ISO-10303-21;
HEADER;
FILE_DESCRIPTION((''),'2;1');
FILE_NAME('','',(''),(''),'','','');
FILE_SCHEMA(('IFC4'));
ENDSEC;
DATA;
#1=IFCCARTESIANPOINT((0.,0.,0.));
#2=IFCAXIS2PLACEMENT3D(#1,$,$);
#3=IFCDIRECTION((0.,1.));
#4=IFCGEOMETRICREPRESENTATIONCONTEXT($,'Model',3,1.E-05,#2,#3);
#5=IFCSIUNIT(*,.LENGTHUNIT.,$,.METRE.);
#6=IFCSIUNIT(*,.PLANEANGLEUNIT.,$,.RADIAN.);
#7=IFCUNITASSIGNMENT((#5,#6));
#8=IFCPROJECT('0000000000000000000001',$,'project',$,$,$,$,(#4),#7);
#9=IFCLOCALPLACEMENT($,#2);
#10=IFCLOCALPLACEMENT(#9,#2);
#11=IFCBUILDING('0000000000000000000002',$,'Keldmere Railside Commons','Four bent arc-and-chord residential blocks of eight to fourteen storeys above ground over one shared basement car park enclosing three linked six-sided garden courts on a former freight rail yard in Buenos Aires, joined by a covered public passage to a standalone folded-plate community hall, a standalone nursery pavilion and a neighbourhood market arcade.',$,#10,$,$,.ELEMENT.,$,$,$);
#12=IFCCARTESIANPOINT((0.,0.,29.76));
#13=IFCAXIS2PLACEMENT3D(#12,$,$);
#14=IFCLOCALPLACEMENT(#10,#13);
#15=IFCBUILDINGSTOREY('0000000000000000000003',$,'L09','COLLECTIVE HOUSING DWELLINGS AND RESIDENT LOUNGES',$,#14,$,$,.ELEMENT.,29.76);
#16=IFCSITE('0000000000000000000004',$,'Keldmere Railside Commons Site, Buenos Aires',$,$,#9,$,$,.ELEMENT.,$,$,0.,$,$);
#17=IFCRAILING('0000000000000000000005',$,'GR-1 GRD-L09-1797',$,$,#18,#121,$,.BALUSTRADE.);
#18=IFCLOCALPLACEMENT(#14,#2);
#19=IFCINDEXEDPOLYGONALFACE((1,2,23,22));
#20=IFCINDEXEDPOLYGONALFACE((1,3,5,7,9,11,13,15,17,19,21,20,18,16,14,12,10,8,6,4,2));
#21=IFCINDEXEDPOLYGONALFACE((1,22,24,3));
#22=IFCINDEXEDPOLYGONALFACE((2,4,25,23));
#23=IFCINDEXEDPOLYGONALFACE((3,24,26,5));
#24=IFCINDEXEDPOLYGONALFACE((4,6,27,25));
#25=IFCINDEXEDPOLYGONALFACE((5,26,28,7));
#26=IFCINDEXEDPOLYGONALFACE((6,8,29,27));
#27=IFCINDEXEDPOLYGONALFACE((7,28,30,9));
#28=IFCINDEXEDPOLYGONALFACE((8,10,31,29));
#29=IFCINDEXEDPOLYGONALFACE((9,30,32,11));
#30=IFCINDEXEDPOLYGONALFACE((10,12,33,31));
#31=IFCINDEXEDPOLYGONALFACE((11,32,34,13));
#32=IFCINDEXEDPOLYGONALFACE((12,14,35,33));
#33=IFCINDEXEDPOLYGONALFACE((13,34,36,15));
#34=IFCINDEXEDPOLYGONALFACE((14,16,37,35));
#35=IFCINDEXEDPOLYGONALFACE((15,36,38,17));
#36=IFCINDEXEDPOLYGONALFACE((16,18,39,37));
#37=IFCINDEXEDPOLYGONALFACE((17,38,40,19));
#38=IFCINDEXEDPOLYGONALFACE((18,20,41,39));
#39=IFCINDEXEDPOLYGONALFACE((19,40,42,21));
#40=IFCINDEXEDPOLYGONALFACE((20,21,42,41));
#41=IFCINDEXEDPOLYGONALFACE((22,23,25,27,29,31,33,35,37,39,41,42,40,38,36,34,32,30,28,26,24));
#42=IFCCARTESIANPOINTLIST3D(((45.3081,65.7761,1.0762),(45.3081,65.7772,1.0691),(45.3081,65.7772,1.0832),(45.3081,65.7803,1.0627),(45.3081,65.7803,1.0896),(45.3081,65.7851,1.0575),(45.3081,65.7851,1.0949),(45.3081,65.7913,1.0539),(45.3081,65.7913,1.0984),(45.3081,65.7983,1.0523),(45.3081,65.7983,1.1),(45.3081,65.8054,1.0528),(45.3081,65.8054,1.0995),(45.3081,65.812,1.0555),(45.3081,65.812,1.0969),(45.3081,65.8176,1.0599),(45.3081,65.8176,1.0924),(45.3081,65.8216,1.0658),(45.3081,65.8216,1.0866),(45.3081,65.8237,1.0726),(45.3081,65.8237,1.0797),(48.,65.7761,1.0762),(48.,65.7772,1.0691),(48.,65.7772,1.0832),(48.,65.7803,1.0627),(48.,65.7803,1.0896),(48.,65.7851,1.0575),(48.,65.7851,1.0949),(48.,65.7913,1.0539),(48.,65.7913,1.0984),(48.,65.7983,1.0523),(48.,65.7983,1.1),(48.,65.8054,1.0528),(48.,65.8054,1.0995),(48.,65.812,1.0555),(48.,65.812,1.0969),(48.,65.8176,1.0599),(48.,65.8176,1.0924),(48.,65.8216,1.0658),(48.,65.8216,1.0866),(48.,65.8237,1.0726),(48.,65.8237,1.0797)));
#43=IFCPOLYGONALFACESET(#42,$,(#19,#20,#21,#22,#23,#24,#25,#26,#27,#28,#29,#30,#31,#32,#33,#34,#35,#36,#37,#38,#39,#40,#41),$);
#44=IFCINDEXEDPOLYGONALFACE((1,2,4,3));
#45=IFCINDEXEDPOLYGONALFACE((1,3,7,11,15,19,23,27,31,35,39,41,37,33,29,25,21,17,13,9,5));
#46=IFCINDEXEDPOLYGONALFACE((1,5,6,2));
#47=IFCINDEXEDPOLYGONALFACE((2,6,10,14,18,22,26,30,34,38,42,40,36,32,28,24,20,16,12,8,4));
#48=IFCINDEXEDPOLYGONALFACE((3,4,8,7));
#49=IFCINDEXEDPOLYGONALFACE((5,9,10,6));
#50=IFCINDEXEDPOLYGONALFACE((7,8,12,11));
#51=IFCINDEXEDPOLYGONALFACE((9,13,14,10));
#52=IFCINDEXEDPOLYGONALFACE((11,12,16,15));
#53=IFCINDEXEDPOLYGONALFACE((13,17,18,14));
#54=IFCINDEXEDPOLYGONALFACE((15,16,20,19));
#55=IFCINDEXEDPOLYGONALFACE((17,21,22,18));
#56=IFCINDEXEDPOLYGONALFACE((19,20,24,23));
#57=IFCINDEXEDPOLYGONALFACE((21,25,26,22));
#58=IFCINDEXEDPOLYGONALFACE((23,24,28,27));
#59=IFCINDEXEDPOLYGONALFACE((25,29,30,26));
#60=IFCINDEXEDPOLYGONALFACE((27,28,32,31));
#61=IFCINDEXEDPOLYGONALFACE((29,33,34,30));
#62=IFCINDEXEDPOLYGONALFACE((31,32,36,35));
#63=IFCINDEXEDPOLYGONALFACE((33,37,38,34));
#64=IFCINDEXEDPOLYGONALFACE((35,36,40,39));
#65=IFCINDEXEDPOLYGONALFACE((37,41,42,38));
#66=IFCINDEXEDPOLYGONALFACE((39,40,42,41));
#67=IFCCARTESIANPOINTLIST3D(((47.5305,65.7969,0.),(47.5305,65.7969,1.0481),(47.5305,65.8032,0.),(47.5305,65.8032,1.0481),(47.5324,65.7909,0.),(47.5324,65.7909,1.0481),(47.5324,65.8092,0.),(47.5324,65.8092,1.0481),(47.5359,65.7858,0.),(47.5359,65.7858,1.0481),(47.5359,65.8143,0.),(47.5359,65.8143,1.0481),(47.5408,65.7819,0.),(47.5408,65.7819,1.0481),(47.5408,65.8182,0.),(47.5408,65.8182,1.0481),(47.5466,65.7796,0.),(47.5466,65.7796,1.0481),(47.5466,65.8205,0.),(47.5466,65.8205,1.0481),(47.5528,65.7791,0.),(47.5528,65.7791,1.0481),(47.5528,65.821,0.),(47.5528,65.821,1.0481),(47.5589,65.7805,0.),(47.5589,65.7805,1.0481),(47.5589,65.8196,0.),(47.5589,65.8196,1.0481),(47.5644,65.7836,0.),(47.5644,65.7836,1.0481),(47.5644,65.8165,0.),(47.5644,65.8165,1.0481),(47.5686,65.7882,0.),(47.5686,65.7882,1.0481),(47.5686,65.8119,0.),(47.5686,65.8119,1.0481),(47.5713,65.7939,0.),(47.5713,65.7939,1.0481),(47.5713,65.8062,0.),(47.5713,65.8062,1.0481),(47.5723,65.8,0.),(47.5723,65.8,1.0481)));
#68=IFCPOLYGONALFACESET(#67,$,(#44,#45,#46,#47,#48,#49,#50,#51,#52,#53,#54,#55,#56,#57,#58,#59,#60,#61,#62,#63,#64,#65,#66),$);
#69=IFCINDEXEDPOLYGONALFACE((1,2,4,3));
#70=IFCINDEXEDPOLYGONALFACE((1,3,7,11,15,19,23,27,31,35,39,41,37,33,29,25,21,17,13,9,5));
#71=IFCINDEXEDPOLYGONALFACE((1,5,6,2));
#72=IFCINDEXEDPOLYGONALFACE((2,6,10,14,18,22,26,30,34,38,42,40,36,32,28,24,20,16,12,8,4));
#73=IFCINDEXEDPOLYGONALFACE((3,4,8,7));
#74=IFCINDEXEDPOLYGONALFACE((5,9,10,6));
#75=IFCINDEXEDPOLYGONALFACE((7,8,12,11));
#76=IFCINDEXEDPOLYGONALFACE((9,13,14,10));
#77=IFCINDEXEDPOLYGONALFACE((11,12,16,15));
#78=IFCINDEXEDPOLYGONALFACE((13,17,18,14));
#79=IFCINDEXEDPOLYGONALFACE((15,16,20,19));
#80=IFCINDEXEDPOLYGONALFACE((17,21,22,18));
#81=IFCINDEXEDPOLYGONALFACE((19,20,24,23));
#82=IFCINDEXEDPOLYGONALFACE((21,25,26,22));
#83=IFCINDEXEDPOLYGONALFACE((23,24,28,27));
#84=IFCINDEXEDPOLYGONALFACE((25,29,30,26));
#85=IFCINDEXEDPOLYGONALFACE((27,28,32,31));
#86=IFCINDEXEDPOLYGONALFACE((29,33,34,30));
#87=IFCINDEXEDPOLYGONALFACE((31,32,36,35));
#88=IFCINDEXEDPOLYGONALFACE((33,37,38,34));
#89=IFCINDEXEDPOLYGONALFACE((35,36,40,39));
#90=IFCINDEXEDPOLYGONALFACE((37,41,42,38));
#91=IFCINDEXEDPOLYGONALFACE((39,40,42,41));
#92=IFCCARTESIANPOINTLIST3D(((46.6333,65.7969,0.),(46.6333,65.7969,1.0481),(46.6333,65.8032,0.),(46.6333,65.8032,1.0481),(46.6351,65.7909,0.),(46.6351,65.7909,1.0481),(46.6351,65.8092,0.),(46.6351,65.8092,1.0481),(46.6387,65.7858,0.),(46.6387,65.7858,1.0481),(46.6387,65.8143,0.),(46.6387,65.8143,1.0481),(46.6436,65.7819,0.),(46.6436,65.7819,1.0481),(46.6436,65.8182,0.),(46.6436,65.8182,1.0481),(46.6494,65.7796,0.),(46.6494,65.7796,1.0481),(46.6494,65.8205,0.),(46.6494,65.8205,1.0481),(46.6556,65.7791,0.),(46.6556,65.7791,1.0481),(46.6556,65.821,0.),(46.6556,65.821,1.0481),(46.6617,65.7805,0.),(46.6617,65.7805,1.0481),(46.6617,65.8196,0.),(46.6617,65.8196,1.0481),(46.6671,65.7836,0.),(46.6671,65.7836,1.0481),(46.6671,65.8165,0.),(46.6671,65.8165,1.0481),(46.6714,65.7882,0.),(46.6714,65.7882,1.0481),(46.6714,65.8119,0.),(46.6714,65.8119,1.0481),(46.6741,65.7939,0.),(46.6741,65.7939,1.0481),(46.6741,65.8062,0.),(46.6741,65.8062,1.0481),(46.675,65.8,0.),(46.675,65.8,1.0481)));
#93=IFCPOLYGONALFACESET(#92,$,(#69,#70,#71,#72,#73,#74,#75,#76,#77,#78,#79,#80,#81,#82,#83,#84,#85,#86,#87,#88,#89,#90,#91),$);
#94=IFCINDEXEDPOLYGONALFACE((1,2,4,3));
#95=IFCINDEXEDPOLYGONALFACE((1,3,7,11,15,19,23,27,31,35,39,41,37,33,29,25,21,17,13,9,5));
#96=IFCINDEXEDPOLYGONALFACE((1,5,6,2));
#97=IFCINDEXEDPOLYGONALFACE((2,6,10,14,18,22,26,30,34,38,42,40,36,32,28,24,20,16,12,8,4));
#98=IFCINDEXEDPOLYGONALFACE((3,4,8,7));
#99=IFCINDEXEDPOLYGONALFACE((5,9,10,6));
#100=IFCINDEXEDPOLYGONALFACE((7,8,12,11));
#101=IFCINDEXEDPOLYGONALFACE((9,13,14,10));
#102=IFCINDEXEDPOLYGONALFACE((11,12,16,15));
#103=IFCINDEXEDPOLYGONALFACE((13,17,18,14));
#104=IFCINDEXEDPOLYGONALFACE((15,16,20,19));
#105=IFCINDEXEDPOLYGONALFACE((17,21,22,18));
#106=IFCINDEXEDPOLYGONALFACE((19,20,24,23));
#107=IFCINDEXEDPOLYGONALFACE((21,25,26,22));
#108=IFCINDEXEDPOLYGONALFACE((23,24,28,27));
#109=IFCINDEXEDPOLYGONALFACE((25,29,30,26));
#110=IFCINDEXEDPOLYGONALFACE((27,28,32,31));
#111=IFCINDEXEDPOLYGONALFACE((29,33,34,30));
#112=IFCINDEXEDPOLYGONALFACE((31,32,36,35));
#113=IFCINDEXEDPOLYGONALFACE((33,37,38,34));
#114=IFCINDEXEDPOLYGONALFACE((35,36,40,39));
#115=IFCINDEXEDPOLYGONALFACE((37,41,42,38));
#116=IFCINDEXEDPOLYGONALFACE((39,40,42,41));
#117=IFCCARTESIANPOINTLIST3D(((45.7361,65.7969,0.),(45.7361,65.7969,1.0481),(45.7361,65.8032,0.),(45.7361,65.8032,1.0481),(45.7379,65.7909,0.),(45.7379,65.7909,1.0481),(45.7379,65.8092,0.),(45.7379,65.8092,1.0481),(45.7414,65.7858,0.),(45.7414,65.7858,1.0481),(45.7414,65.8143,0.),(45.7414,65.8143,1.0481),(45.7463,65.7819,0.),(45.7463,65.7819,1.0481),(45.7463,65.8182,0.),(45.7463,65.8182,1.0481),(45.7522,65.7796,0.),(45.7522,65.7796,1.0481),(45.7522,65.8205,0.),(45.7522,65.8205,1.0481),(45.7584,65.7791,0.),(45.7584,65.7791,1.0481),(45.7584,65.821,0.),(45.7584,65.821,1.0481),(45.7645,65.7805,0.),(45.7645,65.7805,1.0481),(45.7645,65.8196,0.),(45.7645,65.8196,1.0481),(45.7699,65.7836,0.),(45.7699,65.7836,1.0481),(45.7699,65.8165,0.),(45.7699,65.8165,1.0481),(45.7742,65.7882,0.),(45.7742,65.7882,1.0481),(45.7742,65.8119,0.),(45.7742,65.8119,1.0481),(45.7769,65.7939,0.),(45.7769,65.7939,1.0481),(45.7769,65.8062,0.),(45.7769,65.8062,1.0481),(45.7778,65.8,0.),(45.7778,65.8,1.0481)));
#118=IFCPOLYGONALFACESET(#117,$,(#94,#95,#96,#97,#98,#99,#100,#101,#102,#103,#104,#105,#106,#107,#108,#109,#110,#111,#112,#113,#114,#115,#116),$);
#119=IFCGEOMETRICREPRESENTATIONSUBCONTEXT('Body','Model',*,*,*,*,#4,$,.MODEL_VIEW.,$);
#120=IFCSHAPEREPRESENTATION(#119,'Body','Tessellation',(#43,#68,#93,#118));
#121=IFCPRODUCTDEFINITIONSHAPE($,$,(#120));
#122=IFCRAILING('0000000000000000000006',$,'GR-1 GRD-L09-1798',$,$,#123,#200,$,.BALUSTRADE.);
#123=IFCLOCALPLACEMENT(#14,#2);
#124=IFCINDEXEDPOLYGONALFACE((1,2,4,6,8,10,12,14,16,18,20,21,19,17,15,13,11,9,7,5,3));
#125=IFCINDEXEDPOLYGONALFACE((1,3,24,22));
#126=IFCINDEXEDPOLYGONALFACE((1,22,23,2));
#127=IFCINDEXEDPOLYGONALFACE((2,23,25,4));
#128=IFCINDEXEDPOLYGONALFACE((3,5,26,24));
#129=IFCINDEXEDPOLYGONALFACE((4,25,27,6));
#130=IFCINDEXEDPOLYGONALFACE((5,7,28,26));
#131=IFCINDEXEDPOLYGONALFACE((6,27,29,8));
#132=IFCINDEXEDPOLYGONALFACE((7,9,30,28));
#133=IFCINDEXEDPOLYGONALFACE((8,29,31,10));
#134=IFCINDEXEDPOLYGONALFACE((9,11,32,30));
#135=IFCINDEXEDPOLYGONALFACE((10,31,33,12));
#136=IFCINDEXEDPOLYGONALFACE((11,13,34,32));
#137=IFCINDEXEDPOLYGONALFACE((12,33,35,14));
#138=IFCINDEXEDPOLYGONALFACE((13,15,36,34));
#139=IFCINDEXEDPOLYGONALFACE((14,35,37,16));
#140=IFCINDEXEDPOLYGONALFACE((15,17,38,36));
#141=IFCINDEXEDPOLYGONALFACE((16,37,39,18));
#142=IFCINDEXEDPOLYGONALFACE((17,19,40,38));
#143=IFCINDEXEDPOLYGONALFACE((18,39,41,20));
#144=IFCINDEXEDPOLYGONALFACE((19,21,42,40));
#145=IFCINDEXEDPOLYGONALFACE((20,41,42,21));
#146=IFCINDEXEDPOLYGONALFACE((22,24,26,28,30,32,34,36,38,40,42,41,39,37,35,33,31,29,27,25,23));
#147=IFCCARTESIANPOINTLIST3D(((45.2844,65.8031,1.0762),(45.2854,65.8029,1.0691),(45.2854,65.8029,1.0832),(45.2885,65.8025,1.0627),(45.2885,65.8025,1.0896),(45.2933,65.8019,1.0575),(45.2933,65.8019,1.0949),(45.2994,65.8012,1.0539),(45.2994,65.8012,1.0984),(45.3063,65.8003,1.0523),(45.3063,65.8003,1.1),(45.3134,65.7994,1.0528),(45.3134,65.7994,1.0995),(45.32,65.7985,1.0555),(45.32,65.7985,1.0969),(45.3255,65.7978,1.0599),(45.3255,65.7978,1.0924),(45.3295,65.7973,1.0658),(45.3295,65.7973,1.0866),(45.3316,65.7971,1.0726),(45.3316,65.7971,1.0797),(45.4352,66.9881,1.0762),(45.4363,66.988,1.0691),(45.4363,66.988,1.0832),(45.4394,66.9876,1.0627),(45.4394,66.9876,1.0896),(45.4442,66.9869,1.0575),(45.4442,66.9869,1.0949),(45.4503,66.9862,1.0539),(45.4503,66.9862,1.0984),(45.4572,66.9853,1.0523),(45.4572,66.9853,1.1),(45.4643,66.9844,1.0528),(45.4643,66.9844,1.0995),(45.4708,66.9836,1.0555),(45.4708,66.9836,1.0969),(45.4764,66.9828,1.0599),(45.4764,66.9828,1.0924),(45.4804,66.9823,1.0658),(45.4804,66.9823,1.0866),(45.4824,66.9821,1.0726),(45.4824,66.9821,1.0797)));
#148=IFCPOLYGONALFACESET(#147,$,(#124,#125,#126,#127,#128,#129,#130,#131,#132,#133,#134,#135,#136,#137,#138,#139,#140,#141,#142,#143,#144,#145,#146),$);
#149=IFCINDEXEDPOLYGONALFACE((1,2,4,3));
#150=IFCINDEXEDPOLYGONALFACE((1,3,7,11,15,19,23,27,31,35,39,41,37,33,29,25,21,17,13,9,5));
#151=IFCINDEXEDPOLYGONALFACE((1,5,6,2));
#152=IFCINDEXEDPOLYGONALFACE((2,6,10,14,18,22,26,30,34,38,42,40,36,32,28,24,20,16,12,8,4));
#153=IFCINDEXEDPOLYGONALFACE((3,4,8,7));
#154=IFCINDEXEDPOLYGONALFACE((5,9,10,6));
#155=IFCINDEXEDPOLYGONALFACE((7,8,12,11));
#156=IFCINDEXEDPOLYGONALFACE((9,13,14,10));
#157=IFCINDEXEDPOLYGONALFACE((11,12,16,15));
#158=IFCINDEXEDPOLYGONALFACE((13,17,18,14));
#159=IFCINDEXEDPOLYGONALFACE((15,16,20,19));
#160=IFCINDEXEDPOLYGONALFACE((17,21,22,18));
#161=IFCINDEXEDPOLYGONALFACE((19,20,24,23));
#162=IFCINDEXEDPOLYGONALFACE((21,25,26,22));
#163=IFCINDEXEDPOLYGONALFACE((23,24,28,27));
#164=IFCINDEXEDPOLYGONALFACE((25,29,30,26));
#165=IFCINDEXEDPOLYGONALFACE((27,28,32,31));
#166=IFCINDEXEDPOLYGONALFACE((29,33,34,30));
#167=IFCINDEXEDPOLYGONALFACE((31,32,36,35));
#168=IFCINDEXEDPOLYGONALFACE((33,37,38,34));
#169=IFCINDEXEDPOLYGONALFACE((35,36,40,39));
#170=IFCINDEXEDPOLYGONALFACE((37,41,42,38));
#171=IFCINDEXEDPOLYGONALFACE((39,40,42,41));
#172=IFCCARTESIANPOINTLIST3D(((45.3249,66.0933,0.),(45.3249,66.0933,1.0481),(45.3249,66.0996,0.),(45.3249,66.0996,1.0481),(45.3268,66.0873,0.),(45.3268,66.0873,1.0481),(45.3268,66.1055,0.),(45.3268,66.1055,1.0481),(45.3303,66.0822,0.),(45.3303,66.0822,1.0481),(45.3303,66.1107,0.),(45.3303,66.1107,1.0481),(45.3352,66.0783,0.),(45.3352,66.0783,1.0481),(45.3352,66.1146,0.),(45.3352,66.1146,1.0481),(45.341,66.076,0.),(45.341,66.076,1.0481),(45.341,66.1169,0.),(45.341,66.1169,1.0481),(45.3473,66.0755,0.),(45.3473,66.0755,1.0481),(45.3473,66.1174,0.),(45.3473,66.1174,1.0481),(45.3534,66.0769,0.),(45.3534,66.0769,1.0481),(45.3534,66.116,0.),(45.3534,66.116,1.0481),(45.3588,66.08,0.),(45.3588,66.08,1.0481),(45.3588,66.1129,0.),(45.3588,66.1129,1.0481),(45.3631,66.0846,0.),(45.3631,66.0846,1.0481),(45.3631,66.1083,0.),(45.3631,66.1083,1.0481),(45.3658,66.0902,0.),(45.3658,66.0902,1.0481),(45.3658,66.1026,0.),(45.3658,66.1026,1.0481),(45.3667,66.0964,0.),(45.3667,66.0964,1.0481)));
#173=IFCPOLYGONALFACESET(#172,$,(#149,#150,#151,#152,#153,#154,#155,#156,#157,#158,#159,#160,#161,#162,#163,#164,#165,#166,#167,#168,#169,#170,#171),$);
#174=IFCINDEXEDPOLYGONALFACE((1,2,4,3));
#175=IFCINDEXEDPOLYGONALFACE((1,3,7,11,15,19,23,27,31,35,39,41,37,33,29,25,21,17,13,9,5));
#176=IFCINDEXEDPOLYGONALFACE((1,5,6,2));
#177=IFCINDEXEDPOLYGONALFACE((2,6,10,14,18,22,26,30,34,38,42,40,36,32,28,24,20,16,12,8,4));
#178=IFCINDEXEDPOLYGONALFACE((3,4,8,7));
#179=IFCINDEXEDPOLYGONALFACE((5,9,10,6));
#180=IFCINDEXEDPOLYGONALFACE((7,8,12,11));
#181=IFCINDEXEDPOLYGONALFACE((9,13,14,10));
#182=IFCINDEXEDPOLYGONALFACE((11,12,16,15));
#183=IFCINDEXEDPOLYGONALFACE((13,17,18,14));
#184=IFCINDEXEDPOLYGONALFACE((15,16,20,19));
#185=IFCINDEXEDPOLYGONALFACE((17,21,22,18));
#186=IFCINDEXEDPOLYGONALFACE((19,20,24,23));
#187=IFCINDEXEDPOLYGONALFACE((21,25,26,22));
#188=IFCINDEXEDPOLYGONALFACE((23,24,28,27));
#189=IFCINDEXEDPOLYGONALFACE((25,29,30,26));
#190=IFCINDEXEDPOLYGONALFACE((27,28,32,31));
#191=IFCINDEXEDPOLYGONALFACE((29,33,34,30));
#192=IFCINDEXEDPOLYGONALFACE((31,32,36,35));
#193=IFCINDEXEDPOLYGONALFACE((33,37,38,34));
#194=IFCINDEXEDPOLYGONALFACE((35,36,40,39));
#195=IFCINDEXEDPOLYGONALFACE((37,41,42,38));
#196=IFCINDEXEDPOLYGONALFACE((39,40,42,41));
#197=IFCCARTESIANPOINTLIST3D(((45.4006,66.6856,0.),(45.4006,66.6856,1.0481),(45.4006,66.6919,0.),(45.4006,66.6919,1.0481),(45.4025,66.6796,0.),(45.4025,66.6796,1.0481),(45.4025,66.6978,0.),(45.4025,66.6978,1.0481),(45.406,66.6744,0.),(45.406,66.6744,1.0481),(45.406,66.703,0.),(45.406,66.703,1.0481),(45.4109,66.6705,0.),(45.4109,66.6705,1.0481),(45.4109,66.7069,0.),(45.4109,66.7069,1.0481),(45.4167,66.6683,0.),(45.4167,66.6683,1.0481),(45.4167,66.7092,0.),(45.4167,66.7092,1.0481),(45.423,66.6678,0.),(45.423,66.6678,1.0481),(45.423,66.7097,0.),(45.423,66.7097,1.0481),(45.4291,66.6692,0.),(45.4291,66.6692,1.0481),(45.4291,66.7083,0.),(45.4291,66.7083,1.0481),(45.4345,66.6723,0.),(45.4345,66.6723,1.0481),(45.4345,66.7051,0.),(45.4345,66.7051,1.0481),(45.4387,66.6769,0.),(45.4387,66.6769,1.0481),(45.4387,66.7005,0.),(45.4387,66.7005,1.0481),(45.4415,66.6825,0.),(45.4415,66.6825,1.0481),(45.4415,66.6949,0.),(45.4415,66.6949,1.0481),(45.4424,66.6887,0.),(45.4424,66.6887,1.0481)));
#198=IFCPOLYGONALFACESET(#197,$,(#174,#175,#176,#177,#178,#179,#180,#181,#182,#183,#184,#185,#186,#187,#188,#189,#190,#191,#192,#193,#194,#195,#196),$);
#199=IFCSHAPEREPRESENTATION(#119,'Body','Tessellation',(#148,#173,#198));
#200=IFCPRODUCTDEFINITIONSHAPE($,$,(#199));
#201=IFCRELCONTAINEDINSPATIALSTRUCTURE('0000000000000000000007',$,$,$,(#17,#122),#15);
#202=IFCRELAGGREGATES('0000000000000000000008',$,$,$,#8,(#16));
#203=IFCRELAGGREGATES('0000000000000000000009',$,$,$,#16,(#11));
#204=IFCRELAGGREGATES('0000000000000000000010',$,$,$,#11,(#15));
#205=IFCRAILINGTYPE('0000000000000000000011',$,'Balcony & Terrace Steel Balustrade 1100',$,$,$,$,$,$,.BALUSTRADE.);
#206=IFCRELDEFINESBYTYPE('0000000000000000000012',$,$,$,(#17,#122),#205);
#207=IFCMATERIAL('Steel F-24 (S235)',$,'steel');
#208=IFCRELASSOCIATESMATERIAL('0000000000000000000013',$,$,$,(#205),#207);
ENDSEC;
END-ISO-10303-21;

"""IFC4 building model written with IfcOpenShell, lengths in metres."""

from ifc_helpers import new_model, si_unit, direction, frame, origin, origin_2d, place, context, subcontext, project, spatial, circle, extrude, material, type_object, element, save


model = new_model("IFC4")

# Units and contexts
model_context = context("Model", 3, precision=1e-05, world=origin(), true_north=direction((0.0, 1.0)))
body_context = subcontext(model_context, "Body", "Model", "MODEL_VIEW")
ifc_project = project(units=[si_unit("LENGTHUNIT", "METRE"), si_unit("PLANEANGLEUNIT", "RADIAN")], contexts=[model_context])

# Site, building, storey
site_placement = place(None, origin())
site = spatial("IfcSite", under=ifc_project, at=site_placement, Name="Keldmere Railside Commons Site, Buenos Aires", CompositionType="ELEMENT", RefElevation=0.0)
building_placement = place(site_placement, origin())
building = spatial("IfcBuilding", under=site, at=building_placement, Name="Keldmere Railside Commons", Description="Four bent arc-and-chord residential blocks of eight to fourteen storeys above ground over one shared basement car park enclosing three linked six-sided garden courts on a former freight rail yard in Buenos Aires, joined by a covered public passage to a standalone folded-plate community hall, a standalone nursery pavilion and a neighbourhood market arcade.", CompositionType="ELEMENT")
storey_placement = place(building_placement, frame((0.0, 0.0, 29.76)))
storey = spatial("IfcBuildingStorey", under=building, at=storey_placement, Name="L09", Description="COLLECTIVE HOUSING DWELLINGS AND RESIDENT LOUNGES", CompositionType="ELEMENT", Elevation=29.76)

# Railings
ifc_material_1 = material(Name="Steel F-24 (S235)", Category="steel")
railing_type_1 = type_object("IfcRailingType", Name="Balcony & Terrace Steel Balustrade 1100", PredefinedType="BALUSTRADE", material=ifc_material_1)
railing_1_placement = place(storey_placement, frame((48.0, 65.8, 0.0)))
element("IfcRailing", 1, at=railing_1_placement, inside=storey, type_object=railing_type_1, Name="GR-1 GRD-L09-1797", PredefinedType="BALUSTRADE", context=body_context, shape_type="SweptSolid", body=[
    extrude(circle(Radius=0.0239, at=origin_2d()), frame((0.0, 0.0, 1.0762), z_axis=(-1.0, 0.0, 0.0), x_axis=(0.0, -1.0, 0.0)), (0.0, 0.0, 1.0), 2.6919),
    extrude(circle(Radius=0.021, at=origin_2d()), frame((-0.4487, 0.0, 0.0)), (0.0, 0.0, 1.0), 1.0481),
    extrude(circle(Radius=0.021, at=origin_2d()), frame((-1.3459, 0.0, 0.0)), (0.0, 0.0, 1.0), 1.0481),
    extrude(circle(Radius=0.021, at=origin_2d()), frame((-2.2432, 0.0, 0.0)), (0.0, 0.0, 1.0), 1.0481),
])
railing_2_placement = place(storey_placement, frame((45.3081, 65.8, 0.0)))
element("IfcRailing", 2, at=railing_2_placement, inside=storey, type_object=railing_type_1, Name="GR-1 GRD-L09-1798", PredefinedType="BALUSTRADE", context=body_context, shape_type="SweptSolid", body=[
    extrude(circle(Radius=0.0239, at=origin_2d()), frame((0.0, 0.0, 1.0762), z_axis=(0.126298, 0.991992, 0.0), x_axis=(-0.991992, 0.126298, 0.0)), (0.0, 0.0, 1.0), 1.1946),
    extrude(circle(Radius=0.021, at=origin_2d()), frame((0.0376, 0.2964, 0.0)), (0.0, 0.0, 1.0), 1.0481),
    extrude(circle(Radius=0.021, at=origin_2d()), frame((0.1133, 0.8887, 0.0)), (0.0, 0.0, 1.0), 1.0481),
])

save(model, "model.ifc")
